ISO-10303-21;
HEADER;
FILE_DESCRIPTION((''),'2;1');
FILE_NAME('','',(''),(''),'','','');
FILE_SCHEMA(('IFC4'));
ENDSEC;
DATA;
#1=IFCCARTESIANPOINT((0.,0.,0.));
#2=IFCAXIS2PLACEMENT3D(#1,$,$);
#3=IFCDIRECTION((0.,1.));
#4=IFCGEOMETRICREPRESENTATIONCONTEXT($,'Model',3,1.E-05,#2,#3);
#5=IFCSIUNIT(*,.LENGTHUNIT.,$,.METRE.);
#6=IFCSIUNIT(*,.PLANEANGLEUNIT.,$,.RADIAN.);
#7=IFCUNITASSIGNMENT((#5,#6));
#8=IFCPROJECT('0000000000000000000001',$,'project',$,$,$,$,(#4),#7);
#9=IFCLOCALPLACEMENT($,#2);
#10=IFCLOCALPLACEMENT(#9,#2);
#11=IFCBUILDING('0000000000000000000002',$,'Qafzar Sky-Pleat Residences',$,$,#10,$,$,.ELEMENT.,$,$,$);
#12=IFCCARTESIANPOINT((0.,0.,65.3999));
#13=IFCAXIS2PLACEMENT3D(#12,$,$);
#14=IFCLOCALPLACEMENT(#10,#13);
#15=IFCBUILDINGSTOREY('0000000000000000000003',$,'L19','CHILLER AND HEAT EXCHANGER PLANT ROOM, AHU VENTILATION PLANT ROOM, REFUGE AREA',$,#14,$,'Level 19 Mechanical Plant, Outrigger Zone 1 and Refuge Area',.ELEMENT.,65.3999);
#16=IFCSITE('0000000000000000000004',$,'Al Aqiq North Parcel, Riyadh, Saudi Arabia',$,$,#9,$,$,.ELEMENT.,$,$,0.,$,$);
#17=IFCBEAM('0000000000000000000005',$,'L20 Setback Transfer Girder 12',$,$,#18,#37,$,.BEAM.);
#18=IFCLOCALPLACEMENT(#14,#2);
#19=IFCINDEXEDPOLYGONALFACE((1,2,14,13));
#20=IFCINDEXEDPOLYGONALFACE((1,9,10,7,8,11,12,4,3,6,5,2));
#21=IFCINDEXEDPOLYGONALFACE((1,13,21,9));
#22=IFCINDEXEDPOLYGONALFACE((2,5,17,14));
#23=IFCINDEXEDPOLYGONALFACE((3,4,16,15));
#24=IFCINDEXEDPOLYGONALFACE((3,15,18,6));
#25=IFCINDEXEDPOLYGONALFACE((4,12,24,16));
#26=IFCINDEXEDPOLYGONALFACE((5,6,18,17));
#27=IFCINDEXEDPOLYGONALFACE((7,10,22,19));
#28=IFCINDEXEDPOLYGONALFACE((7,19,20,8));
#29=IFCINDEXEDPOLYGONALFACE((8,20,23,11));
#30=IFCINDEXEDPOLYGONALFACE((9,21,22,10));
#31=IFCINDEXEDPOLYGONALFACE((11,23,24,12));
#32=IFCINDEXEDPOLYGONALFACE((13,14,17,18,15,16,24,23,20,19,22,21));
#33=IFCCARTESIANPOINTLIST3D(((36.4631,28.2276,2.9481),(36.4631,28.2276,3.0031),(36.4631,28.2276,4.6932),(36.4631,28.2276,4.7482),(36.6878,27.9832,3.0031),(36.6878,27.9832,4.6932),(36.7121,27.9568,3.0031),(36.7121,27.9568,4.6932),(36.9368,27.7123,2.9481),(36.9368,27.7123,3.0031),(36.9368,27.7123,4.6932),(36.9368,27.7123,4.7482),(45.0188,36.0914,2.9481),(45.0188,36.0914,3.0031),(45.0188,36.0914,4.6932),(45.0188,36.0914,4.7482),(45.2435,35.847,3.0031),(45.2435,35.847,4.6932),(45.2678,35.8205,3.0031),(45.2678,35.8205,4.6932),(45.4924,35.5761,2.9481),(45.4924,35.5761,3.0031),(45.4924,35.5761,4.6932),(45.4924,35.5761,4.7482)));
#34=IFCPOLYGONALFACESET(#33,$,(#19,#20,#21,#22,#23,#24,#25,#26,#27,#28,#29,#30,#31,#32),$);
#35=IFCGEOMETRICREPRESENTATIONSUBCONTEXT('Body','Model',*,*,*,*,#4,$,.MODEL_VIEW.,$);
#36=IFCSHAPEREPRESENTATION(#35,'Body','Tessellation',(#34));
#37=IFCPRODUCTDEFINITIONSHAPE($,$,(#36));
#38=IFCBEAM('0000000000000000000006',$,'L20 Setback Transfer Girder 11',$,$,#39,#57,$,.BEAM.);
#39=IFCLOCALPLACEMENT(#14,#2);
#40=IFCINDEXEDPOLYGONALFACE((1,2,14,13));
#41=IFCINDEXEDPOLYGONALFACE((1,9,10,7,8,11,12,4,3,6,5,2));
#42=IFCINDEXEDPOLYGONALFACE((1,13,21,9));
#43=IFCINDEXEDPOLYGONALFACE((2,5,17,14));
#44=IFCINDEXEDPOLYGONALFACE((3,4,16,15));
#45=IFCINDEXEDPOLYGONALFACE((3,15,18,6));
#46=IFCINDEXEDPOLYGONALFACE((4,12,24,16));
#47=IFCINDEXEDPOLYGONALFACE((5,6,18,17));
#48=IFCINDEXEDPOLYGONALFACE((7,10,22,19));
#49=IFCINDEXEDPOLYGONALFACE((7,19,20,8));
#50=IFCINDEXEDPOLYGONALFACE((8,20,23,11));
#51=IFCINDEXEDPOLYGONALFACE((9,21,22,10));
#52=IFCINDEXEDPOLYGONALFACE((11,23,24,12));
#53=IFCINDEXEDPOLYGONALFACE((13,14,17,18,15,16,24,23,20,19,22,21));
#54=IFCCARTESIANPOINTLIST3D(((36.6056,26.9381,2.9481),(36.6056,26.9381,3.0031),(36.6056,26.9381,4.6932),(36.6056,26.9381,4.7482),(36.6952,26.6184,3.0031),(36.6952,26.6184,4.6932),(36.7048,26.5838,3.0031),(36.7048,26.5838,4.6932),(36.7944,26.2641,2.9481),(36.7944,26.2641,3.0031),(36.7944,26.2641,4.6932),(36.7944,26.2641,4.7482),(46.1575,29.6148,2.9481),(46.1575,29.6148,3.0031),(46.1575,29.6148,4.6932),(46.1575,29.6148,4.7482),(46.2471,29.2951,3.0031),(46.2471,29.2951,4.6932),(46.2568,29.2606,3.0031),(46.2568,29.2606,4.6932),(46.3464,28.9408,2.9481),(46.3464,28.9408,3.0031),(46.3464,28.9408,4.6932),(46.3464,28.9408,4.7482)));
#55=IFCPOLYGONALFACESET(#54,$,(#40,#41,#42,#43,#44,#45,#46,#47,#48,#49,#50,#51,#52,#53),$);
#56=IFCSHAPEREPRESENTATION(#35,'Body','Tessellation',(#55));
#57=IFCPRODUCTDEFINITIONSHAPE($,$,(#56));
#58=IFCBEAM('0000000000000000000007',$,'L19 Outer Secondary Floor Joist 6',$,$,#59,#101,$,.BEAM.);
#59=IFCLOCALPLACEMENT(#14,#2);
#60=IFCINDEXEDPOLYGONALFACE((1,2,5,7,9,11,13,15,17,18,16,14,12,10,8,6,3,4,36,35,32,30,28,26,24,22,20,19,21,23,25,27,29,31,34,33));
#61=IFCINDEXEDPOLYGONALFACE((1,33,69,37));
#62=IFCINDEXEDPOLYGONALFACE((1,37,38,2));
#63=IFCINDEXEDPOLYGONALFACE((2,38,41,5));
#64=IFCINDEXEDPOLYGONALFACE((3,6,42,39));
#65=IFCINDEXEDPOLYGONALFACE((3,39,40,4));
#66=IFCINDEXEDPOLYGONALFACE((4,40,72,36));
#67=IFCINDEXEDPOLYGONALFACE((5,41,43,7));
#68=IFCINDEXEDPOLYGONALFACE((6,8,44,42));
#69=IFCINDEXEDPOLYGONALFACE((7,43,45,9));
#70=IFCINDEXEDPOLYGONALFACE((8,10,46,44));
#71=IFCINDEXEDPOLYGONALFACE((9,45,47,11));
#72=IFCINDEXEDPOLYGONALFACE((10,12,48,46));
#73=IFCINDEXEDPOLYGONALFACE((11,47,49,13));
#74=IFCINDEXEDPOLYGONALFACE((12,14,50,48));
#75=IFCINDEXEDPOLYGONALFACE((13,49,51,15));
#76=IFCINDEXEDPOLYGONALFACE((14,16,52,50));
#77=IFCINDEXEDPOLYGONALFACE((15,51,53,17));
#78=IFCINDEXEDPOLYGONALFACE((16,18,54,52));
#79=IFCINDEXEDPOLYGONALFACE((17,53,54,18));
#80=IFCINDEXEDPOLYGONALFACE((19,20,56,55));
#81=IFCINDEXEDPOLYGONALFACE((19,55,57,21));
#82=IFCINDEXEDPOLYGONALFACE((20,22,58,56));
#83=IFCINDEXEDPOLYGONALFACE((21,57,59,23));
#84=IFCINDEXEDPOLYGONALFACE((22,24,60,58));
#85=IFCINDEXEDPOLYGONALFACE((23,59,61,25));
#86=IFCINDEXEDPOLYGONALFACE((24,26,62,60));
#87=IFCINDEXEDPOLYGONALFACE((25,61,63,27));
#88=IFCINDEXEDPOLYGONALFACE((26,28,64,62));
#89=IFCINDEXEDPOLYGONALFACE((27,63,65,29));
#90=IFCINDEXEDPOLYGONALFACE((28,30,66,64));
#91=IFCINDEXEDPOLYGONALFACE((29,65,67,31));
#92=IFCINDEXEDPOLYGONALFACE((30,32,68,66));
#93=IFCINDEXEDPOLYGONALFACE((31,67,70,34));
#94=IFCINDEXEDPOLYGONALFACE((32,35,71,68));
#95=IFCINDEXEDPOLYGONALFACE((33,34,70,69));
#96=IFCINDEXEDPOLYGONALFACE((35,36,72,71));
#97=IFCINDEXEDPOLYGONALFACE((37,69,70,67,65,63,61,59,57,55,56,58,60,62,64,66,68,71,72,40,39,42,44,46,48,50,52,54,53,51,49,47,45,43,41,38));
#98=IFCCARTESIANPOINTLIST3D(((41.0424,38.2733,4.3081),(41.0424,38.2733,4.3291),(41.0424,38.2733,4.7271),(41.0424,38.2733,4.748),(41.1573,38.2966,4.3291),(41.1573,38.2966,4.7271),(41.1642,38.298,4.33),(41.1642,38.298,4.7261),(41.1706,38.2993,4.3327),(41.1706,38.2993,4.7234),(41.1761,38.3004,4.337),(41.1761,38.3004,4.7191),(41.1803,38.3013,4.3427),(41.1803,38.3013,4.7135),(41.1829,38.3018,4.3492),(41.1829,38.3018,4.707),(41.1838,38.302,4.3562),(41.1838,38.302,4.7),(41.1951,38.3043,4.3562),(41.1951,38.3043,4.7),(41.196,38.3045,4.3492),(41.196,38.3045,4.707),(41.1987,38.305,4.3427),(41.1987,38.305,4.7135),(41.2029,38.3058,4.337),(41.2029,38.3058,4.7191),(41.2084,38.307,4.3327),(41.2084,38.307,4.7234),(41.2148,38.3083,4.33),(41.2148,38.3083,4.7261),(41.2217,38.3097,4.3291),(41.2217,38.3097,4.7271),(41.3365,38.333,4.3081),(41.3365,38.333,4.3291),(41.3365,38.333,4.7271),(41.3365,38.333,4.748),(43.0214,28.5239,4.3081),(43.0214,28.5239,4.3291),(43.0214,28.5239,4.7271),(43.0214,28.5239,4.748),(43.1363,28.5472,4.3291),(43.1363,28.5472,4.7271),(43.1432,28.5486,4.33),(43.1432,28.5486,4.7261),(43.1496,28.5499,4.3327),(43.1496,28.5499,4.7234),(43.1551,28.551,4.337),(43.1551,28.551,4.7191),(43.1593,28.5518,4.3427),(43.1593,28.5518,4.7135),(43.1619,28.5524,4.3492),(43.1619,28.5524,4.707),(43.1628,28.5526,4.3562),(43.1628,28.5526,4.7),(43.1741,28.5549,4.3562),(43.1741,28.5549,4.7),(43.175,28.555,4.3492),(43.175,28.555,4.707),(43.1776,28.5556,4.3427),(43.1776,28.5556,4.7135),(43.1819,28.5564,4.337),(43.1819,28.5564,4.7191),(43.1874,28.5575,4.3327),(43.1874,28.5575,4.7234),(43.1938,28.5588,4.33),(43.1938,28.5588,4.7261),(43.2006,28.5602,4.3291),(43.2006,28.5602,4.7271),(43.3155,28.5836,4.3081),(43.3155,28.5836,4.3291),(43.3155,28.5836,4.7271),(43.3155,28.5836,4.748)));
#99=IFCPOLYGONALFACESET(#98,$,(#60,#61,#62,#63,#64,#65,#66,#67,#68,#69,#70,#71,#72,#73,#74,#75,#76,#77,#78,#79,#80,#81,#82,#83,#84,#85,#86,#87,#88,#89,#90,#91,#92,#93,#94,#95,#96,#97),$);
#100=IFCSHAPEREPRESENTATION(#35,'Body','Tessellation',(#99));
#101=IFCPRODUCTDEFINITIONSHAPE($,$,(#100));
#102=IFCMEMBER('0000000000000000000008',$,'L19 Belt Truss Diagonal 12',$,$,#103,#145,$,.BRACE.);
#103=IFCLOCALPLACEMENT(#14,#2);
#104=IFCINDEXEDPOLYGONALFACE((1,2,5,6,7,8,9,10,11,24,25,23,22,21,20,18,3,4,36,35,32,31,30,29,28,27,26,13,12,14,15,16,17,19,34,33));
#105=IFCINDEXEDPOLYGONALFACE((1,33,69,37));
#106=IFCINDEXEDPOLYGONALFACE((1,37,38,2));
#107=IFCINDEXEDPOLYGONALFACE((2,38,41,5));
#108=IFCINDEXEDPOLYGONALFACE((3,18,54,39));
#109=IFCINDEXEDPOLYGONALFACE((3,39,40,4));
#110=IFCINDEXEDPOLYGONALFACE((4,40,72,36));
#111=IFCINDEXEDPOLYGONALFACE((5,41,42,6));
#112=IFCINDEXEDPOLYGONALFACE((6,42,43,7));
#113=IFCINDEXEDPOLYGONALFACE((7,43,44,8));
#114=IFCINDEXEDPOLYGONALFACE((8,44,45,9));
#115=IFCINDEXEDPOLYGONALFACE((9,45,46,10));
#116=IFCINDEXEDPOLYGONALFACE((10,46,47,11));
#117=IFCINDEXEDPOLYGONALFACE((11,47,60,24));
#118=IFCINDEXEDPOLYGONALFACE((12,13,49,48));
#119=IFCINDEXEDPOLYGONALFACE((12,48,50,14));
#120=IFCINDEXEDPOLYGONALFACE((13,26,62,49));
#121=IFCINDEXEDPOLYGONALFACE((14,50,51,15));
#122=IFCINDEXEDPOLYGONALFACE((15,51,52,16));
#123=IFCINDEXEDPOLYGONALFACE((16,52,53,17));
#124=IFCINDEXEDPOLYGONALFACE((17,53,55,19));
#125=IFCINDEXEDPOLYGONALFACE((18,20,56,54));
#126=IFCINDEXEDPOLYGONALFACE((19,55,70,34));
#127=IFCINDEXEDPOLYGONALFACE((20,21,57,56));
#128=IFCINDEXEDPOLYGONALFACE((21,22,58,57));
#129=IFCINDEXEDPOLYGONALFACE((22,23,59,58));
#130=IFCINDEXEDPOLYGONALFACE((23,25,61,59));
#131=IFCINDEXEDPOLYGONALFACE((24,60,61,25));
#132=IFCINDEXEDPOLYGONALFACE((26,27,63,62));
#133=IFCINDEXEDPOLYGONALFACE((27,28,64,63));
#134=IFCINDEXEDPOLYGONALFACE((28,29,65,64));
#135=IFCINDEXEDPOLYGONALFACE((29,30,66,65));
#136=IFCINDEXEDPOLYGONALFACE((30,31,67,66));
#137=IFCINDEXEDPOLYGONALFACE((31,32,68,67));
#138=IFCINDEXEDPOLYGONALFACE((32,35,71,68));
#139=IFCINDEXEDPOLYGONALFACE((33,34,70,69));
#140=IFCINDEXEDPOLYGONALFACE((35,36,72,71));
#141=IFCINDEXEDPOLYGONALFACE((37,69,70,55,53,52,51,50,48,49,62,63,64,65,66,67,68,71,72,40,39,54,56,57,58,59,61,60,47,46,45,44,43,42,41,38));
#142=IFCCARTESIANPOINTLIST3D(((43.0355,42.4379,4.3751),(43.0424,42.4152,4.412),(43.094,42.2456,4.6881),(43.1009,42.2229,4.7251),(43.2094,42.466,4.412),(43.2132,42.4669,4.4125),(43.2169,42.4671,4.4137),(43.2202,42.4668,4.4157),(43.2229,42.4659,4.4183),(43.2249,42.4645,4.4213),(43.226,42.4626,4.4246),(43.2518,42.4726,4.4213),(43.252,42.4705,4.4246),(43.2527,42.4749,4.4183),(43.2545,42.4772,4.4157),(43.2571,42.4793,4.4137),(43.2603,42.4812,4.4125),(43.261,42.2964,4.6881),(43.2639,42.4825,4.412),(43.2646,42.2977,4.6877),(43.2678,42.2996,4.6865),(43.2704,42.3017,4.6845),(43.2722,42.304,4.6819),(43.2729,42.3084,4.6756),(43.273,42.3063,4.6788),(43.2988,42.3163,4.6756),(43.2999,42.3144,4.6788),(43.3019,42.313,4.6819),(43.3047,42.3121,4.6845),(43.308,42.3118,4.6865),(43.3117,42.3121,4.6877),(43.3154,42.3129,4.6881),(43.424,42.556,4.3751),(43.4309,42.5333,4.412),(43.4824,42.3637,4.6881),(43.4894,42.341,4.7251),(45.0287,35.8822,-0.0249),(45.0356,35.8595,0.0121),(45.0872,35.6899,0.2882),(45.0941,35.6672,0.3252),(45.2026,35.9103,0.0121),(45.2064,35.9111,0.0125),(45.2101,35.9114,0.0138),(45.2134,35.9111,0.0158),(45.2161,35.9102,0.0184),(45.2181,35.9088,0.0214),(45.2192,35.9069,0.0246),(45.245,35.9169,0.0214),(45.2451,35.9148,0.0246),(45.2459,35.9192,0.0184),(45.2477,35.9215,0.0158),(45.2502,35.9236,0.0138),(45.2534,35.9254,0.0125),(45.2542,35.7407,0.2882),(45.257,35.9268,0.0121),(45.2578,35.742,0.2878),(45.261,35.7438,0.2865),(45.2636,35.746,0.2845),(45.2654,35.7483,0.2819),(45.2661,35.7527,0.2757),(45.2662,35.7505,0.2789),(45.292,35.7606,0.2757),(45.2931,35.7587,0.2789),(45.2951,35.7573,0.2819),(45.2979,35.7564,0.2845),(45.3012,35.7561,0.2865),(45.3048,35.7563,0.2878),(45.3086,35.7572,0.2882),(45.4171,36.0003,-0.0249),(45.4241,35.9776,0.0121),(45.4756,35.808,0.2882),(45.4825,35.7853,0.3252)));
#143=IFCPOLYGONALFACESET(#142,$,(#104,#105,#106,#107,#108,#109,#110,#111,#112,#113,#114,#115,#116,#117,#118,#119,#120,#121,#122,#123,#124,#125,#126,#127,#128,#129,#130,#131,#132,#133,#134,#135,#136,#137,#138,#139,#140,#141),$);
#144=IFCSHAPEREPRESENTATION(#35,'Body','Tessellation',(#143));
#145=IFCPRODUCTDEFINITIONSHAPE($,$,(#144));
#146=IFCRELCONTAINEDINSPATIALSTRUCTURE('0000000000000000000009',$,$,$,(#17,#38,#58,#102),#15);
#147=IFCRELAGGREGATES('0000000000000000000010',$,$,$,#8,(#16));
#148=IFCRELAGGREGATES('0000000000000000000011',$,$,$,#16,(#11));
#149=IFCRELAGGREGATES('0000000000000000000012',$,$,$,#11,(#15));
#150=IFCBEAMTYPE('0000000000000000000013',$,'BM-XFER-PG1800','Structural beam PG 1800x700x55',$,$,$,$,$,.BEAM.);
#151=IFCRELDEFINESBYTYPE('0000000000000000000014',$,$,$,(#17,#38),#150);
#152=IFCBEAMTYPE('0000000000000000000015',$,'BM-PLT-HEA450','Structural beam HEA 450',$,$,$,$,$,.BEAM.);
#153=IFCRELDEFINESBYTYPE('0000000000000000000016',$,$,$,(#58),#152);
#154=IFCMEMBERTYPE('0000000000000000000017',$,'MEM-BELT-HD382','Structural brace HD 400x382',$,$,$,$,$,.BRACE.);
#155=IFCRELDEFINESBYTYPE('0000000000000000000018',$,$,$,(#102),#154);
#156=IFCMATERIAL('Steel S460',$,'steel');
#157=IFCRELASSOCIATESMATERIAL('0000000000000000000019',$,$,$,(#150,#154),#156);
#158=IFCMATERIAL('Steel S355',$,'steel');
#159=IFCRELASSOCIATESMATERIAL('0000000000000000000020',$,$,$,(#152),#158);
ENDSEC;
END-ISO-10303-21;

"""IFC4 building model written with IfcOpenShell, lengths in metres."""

from ifc_helpers import new_model, si_unit, direction, frame, origin, origin_2d, place, context, subcontext, project, spatial, i_section, extrude, source, transform, mapped, material, material_profile, profile_set, type_object, element, save


model = new_model("IFC4")

# Units and contexts
model_context = context("Model", 3, precision=1e-05, world=origin(), true_north=direction((0.0, 1.0)))
body_context = subcontext(model_context, "Body", "Model", "MODEL_VIEW")
ifc_project = project(units=[si_unit("LENGTHUNIT", "METRE"), si_unit("PLANEANGLEUNIT", "RADIAN")], contexts=[model_context])

# Site, building, storey
site_placement = place(None, origin())
site = spatial("IfcSite", under=ifc_project, at=site_placement, Name="Al Aqiq North Parcel, Riyadh, Saudi Arabia", CompositionType="ELEMENT", RefElevation=0.0)
building_placement = place(site_placement, origin())
building = spatial("IfcBuilding", under=site, at=building_placement, Name="Qafzar Sky-Pleat Residences", CompositionType="ELEMENT")
storey_placement = place(building_placement, frame((0.0, 0.0, 65.3999)))
storey = spatial("IfcBuildingStorey", under=building, at=storey_placement, Name="L19", Description="CHILLER AND HEAT EXCHANGER PLANT ROOM, AHU VENTILATION PLANT ROOM, REFUGE AREA", LongName="Level 19 Mechanical Plant, Outrigger Zone 1 and Refuge Area", CompositionType="ELEMENT", Elevation=65.3999)

# Shared definitions
ifc_material_1 = material(Name="Steel S460", Category="steel")

# Beams
ifc_material_2 = material(Name="Steel S355", Category="steel")
ifc_material_profile_1 = material_profile(ifc_material_1, i_section(OverallWidth=0.7, OverallDepth=1.8, WebThickness=0.0359, FlangeThickness=0.0549, at=origin_2d()), Name="PG 1800x700x55")
ifc_profile_set_1 = profile_set([ifc_material_profile_1], Name="Steel S460")
beam_type_1 = type_object("IfcBeamType", Name="BM-XFER-PG1800", Description="Structural beam PG 1800x700x55", PredefinedType="BEAM", material=ifc_profile_set_1)
shared_shape_1 = source(origin(), body_context, "Body", "SweptSolid", [
    extrude(i_section(OverallWidth=0.7, OverallDepth=1.8, WebThickness=0.0359, FlangeThickness=0.0549, at=origin_2d()), origin(), (0.0, 0.0, 1.0), 11.6206),
])
beam_1_placement = place(storey_placement, frame((45.2556, 35.8337, 3.8481), z_axis=(-0.73625, -0.67671, 0.0), x_axis=(0.67671, -0.73625, 0.0)))
element("IfcBeam", 1, at=beam_1_placement, inside=storey, type_object=beam_type_1, Name="L20 Setback Transfer Girder 12", PredefinedType="BEAM", context=body_context, shape_type="MappedRepresentation", body=[
    mapped(shared_shape_1, transform((0.0, 0.0, 0.0), x_axis=(1.0, 0.0, 0.0), y_axis=(0.0, 1.0, 0.0), z_axis=(0.0, 0.0, 1.0), scale=1.0)),
])
shared_shape_2 = source(origin(), body_context, "Body", "SweptSolid", [
    extrude(i_section(OverallWidth=0.7, OverallDepth=1.8, WebThickness=0.0359, FlangeThickness=0.0549, at=origin_2d()), origin(), (0.0, 0.0, 1.0), 9.9199),
])
beam_2_placement = place(storey_placement, frame((46.252, 29.2778, 3.8481), z_axis=(-0.962906, -0.269835, 0.0), x_axis=(0.269835, -0.962906, 0.0)))
element("IfcBeam", 2, at=beam_2_placement, inside=storey, type_object=beam_type_1, Name="L20 Setback Transfer Girder 11", PredefinedType="BEAM", context=body_context, shape_type="MappedRepresentation", body=[
    mapped(shared_shape_2, transform((0.0, 0.0, 0.0), x_axis=(1.0, 0.0, 0.0), y_axis=(0.0, 1.0, 0.0), z_axis=(0.0, 0.0, 1.0), scale=1.0)),
])
ifc_material_profile_2 = material_profile(ifc_material_2, i_section(OverallWidth=0.3, OverallDepth=0.4399, WebThickness=0.0115, FlangeThickness=0.021, FilletRadius=0.0271, at=origin_2d()), Name="HEA 450")
ifc_profile_set_2 = profile_set([ifc_material_profile_2], Name="Steel S355")
beam_type_2 = type_object("IfcBeamType", Name="BM-PLT-HEA450", Description="Structural beam HEA 450", PredefinedType="BEAM", material=ifc_profile_set_2)
shared_shape_3 = source(origin(), body_context, "Body", "SweptSolid", [
    extrude(i_section(OverallWidth=0.3, OverallDepth=0.4399, WebThickness=0.0115, FlangeThickness=0.021, FilletRadius=0.0271, at=origin_2d()), origin(), (0.0, 0.0, 1.0), 9.9482),
])
beam_3_placement = place(storey_placement, frame((43.1685, 28.5537, 4.5281), z_axis=(-0.198928, 0.980014, 0.0), x_axis=(-0.980014, -0.198928, 0.0)))
element("IfcBeam", 3, at=beam_3_placement, inside=storey, type_object=beam_type_2, Name="L19 Outer Secondary Floor Joist 6", PredefinedType="BEAM", context=body_context, shape_type="MappedRepresentation", body=[
    mapped(shared_shape_3, transform((0.0, 0.0, 0.0), x_axis=(1.0, 0.0, 0.0), y_axis=(0.0, 1.0, 0.0), z_axis=(0.0, 0.0, 1.0), scale=1.0)),
])

# Member
ifc_material_profile_3 = material_profile(ifc_material_1, i_section(OverallWidth=0.406, OverallDepth=0.416, WebThickness=0.0271, FlangeThickness=0.0439, FilletRadius=0.0149, at=origin_2d()), Name="HD 400x382")
ifc_profile_set_3 = profile_set([ifc_material_profile_3], Name="Steel S460")
member_type = type_object("IfcMemberType", Name="MEM-BELT-HD382", Description="Structural brace HD 400x382", PredefinedType="BRACE", material=ifc_profile_set_3)
shared_shape_4 = source(origin(), body_context, "Body", "SweptSolid", [
    extrude(i_section(OverallWidth=0.406, OverallDepth=0.416, WebThickness=0.0271, FlangeThickness=0.0439, FilletRadius=0.0149, at=origin_2d()), origin(), (0.0, 0.0, 1.0), 8.1431),
])
member_1_placement = place(storey_placement, frame((45.2556, 35.8337, 0.1501), z_axis=(-0.24477, 0.805067, 0.540329), x_axis=(-0.956757, -0.290889, 0.0)))
element("IfcMember", 4, at=member_1_placement, inside=storey, type_object=member_type, Name="L19 Belt Truss Diagonal 12", PredefinedType="BRACE", context=body_context, shape_type="MappedRepresentation", body=[
    mapped(shared_shape_4, transform((0.0, 0.0, 0.0), x_axis=(1.0, 0.0, 0.0), y_axis=(0.0, 1.0, 0.0), z_axis=(0.0, 0.0, 1.0), scale=1.0)),
])

save(model, "model.ifc")
